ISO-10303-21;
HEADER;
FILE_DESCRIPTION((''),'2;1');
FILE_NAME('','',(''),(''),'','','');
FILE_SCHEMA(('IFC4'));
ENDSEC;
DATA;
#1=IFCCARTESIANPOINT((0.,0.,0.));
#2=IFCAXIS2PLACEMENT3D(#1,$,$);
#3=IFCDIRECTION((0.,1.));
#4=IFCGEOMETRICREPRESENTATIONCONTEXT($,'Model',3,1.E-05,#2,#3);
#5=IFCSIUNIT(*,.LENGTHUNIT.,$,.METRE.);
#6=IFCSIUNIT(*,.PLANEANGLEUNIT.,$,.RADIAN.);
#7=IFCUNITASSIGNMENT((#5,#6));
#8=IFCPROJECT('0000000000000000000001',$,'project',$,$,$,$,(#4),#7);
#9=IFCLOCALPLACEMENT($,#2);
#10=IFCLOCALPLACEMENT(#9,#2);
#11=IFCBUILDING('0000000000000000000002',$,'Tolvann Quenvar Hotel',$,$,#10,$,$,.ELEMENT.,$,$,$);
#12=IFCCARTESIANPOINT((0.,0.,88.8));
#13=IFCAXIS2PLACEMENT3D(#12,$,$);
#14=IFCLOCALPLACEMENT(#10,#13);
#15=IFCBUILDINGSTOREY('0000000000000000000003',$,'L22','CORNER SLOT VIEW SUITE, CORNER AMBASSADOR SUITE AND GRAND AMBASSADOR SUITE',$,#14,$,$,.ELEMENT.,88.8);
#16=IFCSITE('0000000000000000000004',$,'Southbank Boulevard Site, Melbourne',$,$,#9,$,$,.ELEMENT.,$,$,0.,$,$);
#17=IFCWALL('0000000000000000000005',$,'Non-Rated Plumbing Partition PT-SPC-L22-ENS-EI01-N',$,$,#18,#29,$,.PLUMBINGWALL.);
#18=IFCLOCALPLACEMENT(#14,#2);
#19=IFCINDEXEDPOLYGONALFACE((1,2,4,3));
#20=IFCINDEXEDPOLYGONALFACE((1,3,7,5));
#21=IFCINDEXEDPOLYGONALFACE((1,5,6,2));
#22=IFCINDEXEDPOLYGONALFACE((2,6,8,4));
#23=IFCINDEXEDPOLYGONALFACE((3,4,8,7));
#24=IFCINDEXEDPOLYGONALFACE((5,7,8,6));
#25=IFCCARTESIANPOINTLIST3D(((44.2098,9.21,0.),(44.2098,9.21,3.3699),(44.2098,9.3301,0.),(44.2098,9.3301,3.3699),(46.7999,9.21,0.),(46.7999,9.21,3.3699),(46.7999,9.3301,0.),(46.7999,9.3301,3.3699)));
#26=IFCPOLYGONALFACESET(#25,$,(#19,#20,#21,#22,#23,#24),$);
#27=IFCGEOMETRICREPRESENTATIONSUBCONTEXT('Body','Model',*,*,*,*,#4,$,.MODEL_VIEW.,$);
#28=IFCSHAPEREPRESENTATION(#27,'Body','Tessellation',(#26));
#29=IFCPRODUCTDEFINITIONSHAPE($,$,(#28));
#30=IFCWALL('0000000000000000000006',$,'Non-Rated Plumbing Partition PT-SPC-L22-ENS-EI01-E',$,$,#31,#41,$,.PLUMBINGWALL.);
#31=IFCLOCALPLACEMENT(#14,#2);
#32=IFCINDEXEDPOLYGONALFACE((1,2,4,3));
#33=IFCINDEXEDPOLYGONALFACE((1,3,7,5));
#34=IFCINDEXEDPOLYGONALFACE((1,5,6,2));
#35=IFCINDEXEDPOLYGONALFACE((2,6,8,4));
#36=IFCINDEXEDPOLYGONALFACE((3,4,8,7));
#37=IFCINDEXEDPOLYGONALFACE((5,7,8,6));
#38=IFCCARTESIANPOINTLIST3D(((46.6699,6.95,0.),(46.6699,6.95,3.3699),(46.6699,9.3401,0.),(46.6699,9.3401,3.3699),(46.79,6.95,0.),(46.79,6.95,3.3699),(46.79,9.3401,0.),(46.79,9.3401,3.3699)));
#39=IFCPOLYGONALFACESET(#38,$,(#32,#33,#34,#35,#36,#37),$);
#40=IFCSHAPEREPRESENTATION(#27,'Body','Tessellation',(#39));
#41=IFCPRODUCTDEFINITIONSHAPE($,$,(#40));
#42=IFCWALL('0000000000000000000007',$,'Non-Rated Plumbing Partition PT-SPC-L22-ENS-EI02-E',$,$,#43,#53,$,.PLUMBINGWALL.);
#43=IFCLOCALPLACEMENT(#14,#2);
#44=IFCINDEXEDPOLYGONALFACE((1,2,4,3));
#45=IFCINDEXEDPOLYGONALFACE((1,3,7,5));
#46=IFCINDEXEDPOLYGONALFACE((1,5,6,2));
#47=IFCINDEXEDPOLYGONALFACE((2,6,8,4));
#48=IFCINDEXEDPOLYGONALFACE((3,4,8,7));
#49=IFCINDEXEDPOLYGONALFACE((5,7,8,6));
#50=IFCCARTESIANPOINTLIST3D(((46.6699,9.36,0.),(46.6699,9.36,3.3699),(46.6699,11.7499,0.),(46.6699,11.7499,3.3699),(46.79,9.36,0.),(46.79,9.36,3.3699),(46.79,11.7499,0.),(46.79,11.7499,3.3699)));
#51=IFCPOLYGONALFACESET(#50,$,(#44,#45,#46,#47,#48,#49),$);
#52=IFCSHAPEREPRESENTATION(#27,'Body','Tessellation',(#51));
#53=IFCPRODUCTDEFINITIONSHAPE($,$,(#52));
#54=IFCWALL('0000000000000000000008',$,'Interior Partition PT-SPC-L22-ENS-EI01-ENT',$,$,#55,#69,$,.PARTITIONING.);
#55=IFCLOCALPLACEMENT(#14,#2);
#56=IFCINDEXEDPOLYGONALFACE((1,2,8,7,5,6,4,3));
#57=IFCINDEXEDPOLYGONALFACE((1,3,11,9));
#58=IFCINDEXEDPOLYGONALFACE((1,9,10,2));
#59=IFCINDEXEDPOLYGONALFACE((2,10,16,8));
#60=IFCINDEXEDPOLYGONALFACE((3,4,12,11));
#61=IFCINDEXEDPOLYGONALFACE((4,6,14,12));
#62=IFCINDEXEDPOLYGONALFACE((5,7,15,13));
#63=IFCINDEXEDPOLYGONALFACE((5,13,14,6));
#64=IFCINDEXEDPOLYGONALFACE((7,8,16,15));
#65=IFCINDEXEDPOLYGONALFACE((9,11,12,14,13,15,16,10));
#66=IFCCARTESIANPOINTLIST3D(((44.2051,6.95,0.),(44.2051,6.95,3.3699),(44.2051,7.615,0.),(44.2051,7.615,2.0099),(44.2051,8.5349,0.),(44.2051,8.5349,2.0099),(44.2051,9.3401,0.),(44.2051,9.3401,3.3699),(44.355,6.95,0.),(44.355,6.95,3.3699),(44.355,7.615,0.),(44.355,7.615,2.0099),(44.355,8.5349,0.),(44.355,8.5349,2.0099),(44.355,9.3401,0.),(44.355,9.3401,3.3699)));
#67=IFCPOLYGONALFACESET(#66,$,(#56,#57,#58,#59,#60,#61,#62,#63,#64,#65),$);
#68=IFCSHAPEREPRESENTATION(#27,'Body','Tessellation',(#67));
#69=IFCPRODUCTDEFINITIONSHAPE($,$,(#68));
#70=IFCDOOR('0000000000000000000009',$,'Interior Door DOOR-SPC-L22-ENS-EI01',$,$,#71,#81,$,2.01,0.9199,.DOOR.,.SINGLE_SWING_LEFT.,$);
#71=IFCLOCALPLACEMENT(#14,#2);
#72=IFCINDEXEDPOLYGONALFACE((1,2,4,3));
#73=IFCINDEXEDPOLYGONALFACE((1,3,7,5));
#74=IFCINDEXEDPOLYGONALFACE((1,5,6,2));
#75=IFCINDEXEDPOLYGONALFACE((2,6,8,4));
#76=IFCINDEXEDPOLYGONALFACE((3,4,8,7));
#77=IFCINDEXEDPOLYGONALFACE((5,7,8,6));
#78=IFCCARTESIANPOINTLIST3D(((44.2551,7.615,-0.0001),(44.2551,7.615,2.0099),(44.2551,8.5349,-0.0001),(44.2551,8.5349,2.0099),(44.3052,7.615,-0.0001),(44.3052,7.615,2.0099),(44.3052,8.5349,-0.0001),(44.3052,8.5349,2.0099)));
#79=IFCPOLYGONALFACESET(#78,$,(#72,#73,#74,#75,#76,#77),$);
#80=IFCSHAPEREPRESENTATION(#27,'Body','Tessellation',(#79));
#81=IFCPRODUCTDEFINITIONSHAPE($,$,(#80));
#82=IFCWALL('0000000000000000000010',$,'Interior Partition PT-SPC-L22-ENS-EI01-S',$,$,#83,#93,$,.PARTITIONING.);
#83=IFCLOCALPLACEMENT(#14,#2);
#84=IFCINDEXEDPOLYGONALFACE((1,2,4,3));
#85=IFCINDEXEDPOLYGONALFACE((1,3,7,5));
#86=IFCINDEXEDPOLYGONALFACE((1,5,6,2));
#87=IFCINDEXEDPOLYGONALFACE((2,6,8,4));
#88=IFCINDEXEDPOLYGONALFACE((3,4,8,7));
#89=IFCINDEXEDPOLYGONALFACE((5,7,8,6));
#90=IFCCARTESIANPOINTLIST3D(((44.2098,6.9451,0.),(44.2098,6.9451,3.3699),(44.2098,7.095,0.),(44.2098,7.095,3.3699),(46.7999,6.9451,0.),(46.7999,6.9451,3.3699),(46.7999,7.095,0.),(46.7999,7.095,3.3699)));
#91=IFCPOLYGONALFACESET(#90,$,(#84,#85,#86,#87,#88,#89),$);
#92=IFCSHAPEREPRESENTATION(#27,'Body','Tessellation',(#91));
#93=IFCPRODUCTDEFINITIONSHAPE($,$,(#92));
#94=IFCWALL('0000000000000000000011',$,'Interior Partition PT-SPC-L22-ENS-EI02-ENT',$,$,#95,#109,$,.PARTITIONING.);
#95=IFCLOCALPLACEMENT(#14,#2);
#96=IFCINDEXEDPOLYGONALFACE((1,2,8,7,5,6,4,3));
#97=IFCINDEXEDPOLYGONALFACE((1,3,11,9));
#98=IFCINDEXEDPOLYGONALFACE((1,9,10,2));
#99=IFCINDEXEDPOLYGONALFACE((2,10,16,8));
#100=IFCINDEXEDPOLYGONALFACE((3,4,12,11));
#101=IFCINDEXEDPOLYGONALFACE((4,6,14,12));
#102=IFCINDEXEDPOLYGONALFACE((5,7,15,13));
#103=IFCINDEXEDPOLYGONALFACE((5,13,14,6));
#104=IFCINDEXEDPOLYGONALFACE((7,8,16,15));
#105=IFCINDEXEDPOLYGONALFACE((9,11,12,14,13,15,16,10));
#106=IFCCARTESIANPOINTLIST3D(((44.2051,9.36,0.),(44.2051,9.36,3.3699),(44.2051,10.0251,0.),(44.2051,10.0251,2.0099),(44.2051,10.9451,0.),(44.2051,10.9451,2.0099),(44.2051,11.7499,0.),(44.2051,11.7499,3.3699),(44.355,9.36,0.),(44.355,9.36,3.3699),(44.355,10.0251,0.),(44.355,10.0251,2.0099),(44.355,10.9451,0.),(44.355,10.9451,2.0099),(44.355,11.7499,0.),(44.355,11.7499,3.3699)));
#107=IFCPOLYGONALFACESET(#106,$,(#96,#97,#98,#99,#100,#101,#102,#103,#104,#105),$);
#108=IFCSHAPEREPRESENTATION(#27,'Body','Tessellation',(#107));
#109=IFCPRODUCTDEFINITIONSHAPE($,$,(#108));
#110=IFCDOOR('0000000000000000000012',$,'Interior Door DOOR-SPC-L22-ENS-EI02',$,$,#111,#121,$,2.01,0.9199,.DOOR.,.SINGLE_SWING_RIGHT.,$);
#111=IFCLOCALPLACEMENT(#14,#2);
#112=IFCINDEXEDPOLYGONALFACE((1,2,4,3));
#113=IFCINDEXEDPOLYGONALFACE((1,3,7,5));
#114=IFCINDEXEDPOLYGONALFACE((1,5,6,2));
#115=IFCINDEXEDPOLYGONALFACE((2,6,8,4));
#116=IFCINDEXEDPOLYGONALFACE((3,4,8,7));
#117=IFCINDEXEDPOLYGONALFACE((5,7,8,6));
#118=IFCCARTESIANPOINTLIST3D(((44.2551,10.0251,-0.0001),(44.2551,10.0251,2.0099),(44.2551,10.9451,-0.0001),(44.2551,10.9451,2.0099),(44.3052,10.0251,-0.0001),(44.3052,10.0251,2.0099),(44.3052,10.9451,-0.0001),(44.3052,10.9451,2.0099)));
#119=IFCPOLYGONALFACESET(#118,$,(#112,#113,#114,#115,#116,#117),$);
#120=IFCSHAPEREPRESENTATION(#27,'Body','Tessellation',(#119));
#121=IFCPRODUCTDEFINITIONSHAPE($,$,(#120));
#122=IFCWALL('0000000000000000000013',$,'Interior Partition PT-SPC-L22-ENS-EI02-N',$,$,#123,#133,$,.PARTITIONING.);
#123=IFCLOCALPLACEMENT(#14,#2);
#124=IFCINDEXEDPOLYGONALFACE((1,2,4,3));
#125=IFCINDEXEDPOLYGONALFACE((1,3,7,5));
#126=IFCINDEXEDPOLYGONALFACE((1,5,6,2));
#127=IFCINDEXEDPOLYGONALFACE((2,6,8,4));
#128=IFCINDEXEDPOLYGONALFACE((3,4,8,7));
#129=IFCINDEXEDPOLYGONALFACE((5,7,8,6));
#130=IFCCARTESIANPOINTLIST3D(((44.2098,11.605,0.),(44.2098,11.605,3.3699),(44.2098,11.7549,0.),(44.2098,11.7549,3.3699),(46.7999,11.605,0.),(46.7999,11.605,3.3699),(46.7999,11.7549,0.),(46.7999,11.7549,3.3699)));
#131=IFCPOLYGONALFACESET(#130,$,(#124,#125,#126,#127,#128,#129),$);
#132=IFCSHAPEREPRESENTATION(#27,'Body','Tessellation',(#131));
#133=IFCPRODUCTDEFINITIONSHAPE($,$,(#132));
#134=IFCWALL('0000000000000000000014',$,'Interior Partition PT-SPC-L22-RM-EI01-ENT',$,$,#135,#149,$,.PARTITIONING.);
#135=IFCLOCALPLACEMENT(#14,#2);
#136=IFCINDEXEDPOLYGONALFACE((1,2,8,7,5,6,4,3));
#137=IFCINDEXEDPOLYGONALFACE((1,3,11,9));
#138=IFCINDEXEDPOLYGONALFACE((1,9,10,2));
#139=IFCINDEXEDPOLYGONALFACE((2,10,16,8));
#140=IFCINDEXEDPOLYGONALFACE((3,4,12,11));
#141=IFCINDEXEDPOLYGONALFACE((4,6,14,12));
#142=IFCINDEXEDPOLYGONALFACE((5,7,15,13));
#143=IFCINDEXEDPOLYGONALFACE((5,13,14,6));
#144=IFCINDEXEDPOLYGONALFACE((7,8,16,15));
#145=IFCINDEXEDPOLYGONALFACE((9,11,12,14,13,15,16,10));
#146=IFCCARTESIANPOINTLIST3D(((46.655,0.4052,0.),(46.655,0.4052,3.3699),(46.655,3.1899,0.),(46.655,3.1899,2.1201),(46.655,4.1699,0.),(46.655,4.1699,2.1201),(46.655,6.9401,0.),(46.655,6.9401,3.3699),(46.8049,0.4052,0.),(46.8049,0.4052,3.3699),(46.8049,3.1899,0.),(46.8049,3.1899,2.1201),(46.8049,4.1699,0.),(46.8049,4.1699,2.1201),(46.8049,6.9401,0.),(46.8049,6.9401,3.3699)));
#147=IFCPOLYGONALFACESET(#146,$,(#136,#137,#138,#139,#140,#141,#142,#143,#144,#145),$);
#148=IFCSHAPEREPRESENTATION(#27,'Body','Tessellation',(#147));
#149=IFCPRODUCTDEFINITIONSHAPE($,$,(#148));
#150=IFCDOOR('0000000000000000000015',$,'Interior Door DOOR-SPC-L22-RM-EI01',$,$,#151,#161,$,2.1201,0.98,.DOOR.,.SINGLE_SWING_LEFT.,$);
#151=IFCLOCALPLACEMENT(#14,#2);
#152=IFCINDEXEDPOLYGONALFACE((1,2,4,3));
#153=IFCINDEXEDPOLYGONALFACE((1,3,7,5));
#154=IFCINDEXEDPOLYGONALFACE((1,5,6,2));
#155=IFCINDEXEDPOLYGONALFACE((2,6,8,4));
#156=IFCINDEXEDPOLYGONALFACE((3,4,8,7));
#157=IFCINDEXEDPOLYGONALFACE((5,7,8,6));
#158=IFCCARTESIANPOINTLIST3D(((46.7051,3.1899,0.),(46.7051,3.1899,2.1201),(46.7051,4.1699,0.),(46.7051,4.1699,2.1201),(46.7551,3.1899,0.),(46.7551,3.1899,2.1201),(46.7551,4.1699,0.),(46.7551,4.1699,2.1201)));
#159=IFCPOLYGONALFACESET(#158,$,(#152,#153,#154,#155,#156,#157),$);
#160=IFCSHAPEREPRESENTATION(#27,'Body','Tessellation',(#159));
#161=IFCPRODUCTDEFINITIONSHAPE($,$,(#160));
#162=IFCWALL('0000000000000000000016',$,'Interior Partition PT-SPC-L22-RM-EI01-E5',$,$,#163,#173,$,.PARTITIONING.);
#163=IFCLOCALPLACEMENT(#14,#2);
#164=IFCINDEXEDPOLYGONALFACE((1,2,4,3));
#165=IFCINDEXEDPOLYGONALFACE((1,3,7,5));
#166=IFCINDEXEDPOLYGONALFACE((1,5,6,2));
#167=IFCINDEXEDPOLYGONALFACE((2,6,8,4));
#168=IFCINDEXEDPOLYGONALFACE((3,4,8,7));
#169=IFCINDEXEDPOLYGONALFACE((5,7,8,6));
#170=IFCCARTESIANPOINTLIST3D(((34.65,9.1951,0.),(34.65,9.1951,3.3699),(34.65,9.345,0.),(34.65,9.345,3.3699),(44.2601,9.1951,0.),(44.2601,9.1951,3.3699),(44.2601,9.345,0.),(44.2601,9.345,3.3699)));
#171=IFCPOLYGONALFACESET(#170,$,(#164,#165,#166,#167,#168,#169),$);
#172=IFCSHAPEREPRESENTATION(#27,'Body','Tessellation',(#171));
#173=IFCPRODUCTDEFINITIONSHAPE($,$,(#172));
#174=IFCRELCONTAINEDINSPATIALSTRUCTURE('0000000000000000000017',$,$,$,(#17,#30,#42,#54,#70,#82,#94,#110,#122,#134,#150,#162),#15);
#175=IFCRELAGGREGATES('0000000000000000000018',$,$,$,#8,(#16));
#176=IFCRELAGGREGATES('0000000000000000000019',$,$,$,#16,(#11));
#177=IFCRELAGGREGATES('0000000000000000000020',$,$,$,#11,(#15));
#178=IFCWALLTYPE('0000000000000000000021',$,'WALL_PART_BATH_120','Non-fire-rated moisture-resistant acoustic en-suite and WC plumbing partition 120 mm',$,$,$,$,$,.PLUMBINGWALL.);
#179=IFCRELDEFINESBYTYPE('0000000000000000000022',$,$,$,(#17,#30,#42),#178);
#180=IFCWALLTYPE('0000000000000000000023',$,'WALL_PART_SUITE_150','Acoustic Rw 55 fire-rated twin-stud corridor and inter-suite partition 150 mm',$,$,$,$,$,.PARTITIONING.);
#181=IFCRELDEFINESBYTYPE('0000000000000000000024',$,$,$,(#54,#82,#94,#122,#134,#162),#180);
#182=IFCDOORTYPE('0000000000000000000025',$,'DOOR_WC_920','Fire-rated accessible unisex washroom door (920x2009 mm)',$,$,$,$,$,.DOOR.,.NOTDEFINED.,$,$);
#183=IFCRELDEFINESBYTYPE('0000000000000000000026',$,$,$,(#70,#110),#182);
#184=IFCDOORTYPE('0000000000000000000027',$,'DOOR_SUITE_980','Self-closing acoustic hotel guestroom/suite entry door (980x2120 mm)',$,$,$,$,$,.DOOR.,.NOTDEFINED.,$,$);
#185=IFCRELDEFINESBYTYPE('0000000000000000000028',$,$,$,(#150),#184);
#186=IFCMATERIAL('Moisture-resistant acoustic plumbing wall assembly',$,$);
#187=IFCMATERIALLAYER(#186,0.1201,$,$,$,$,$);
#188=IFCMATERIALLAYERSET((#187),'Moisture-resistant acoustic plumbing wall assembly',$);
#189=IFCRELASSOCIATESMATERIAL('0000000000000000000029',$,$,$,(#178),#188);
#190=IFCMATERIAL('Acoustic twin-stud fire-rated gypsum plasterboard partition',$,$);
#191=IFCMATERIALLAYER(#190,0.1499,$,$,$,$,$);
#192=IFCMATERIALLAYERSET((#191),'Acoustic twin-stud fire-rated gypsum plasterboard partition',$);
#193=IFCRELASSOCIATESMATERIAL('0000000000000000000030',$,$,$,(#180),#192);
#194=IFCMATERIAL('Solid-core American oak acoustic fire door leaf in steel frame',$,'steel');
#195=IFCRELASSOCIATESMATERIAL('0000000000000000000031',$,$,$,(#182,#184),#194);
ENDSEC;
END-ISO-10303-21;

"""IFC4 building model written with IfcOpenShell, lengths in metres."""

from ifc_helpers import new_model, si_unit, direction, frame, frame_2d, origin, place, context, subcontext, project, spatial, rectangle, extrude, source, transform, mapped, material, layer, layer_set, type_object, type_shapes, element, fill, save


model = new_model("IFC4")

# Units and contexts
model_context = context("Model", 3, precision=1e-05, world=origin(), true_north=direction((0.0, 1.0)))
body_context = subcontext(model_context, "Body", "Model", "MODEL_VIEW")
ifc_project = project(units=[si_unit("LENGTHUNIT", "METRE"), si_unit("PLANEANGLEUNIT", "RADIAN")], contexts=[model_context])

# Site, building, storey
site_placement = place(None, origin())
site = spatial("IfcSite", under=ifc_project, at=site_placement, Name="Southbank Boulevard Site, Melbourne", CompositionType="ELEMENT", RefElevation=0.0)
building_placement = place(site_placement, origin())
building = spatial("IfcBuilding", under=site, at=building_placement, Name="Tolvann Quenvar Hotel", CompositionType="ELEMENT")
storey_placement = place(building_placement, frame((0.0, 0.0, 88.8)))
storey = spatial("IfcBuildingStorey", under=building, at=storey_placement, Name="L22", Description="CORNER SLOT VIEW SUITE, CORNER AMBASSADOR SUITE AND GRAND AMBASSADOR SUITE", CompositionType="ELEMENT", Elevation=88.8)

# Walls
ifc_material_1 = material(Name="Moisture-resistant acoustic plumbing wall assembly")
ifc_layer_1 = layer(ifc_material_1, 0.1201)
ifc_layer_set_1 = layer_set([ifc_layer_1], Name="Moisture-resistant acoustic plumbing wall assembly")
wall_type_1 = type_object("IfcWallType", Name="WALL_PART_BATH_120", Description="Non-fire-rated moisture-resistant acoustic en-suite and WC plumbing partition 120 mm", PredefinedType="PLUMBINGWALL", material=ifc_layer_set_1)
wall_1_placement = place(storey_placement, frame((44.21, 9.27, 0.0), z_axis=(0.0, 0.0, 1.0), x_axis=(1.0, 0.0, 0.0)))
element("IfcWall", 1, at=wall_1_placement, inside=storey, type_object=wall_type_1, Name="Non-Rated Plumbing Partition PT-SPC-L22-ENS-EI01-N", PredefinedType="PLUMBINGWALL", context=body_context, shape_type="SweptSolid", body=[
    extrude(rectangle(XDim=2.5901, YDim=0.1201, at=frame_2d((1.2949, 0.0))), origin(), (0.0, 0.0, 1.0), 3.3699),
])
wall_2_placement = place(storey_placement, frame((46.73, 6.95, 0.0), z_axis=(0.0, 0.0, 1.0), x_axis=(0.0, 1.0, 0.0)))
element("IfcWall", 2, at=wall_2_placement, inside=storey, type_object=wall_type_1, Name="Non-Rated Plumbing Partition PT-SPC-L22-ENS-EI01-E", PredefinedType="PLUMBINGWALL", context=body_context, shape_type="SweptSolid", body=[
    extrude(rectangle(XDim=2.3901, YDim=0.1201, at=frame_2d((1.1951, 0.0))), origin(), (0.0, 0.0, 1.0), 3.3699),
])
wall_3_placement = place(storey_placement, frame((46.73, 9.3601, 0.0), z_axis=(0.0, 0.0, 1.0), x_axis=(0.0, 1.0, 0.0)))
element("IfcWall", 3, at=wall_3_placement, inside=storey, type_object=wall_type_1, Name="Non-Rated Plumbing Partition PT-SPC-L22-ENS-EI02-E", PredefinedType="PLUMBINGWALL", context=body_context, shape_type="SweptSolid", body=[
    extrude(rectangle(XDim=2.3899, YDim=0.1201, at=frame_2d((1.1948, 0.0))), origin(), (0.0, 0.0, 1.0), 3.3699),
])

# Wall, opening, door
ifc_material_2 = material(Name="Acoustic twin-stud fire-rated gypsum plasterboard partition")
ifc_layer_2 = layer(ifc_material_2, 0.1499)
ifc_layer_set_2 = layer_set([ifc_layer_2], Name="Acoustic twin-stud fire-rated gypsum plasterboard partition")
wall_type_2 = type_object("IfcWallType", Name="WALL_PART_SUITE_150", Description="Acoustic Rw 55 fire-rated twin-stud corridor and inter-suite partition 150 mm", PredefinedType="PARTITIONING", material=ifc_layer_set_2)
wall_4_placement = place(storey_placement, frame((44.28, 6.95, 0.0), z_axis=(0.0, 0.0, 1.0), x_axis=(0.0, 1.0, 0.0)))
wall_4 = element("IfcWall", 4, at=wall_4_placement, inside=storey, type_object=wall_type_2, Name="Interior Partition PT-SPC-L22-ENS-EI01-ENT", PredefinedType="PARTITIONING", context=body_context, shape_type="SweptSolid", body=[
    extrude(rectangle(XDim=2.3901, YDim=0.1499, at=frame_2d((1.1951, 0.0))), origin(), (0.0, 0.0, 1.0), 3.3699),
])
opening_1_placement = place(wall_4_placement, frame((0.665, 0.0, 0.0)))
opening_1 = element("IfcOpeningElement", 5, at=opening_1_placement, cuts=wall_4, PredefinedType="OPENING", context=body_context, shape_type="SweptSolid", body=[
    extrude(rectangle(XDim=0.9199, YDim=2.01, at=frame_2d((0.46, 1.0049))), frame((0.0, 0.085, 0.0), z_axis=(0.0, -1.0, 0.0), x_axis=(1.0, 0.0, 0.0)), (0.0, 0.0, 1.0), 0.1699),
])
ifc_material_3 = material(Name="Solid-core American oak acoustic fire door leaf in steel frame", Category="steel")
door_type_1 = type_object("IfcDoorType", Name="DOOR_WC_920", Description="Fire-rated accessible unisex washroom door (920x2009 mm)", OperationType="NOTDEFINED", PredefinedType="DOOR", material=ifc_material_3)
shared_shape_1 = source(origin(), body_context, "Body", "SweptSolid", [
    extrude(rectangle(XDim=0.9199, YDim=2.01, at=frame_2d((0.46, 1.0049))), frame((0.0, 0.0249, 0.0), z_axis=(0.0, -1.0, 0.0), x_axis=(1.0, 0.0, 0.0)), (0.0, 0.0, 1.0), 0.05),
])
type_shapes(door_type_1, [shared_shape_1])
door_1_placement = place(opening_1_placement, origin())
door_1 = element("IfcDoor", 6, at=door_1_placement, inside=storey, type_object=door_type_1, Name="Interior Door DOOR-SPC-L22-ENS-EI01", OperationType="SINGLE_SWING_LEFT", OverallHeight=2.01, OverallWidth=0.9199, PredefinedType="DOOR", context=body_context, shape_type="MappedRepresentation", body=[
    mapped(shared_shape_1, transform((0.0, 0.0, 0.0), x_axis=(1.0, 0.0, 0.0), y_axis=(0.0, 1.0, 0.0), z_axis=(0.0, 0.0, 1.0), scale=1.0)),
])
fill(opening_1, door_1)

# Wall
wall_5_placement = place(storey_placement, frame((44.21, 7.02, 0.0), z_axis=(0.0, 0.0, 1.0), x_axis=(1.0, 0.0, 0.0)))
element("IfcWall", 7, at=wall_5_placement, inside=storey, type_object=wall_type_2, Name="Interior Partition PT-SPC-L22-ENS-EI01-S", PredefinedType="PARTITIONING", context=body_context, shape_type="SweptSolid", body=[
    extrude(rectangle(XDim=2.5901, YDim=0.1499, at=frame_2d((1.2949, 0.0))), origin(), (0.0, 0.0, 1.0), 3.3699),
])

# Wall, opening, door
wall_6_placement = place(storey_placement, frame((44.28, 9.3601, 0.0), z_axis=(0.0, 0.0, 1.0), x_axis=(0.0, 1.0, 0.0)))
wall_6 = element("IfcWall", 8, at=wall_6_placement, inside=storey, type_object=wall_type_2, Name="Interior Partition PT-SPC-L22-ENS-EI02-ENT", PredefinedType="PARTITIONING", context=body_context, shape_type="SweptSolid", body=[
    extrude(rectangle(XDim=2.3899, YDim=0.1499, at=frame_2d((1.1948, 0.0))), origin(), (0.0, 0.0, 1.0), 3.3699),
])
opening_2_placement = place(wall_6_placement, frame((0.665, 0.0, 0.0)))
opening_2 = element("IfcOpeningElement", 9, at=opening_2_placement, cuts=wall_6, PredefinedType="OPENING", context=body_context, shape_type="SweptSolid", body=[
    extrude(rectangle(XDim=0.9199, YDim=2.01, at=frame_2d((0.46, 1.0049))), frame((0.0, 0.085, 0.0), z_axis=(0.0, -1.0, 0.0), x_axis=(1.0, 0.0, 0.0)), (0.0, 0.0, 1.0), 0.1699),
])
door_2_placement = place(opening_2_placement, origin())
door_2 = element("IfcDoor", 10, at=door_2_placement, inside=storey, type_object=door_type_1, Name="Interior Door DOOR-SPC-L22-ENS-EI02", OperationType="SINGLE_SWING_RIGHT", OverallHeight=2.01, OverallWidth=0.9199, PredefinedType="DOOR", context=body_context, shape_type="MappedRepresentation", body=[
    mapped(shared_shape_1, transform((0.0, 0.0, 0.0), x_axis=(1.0, 0.0, 0.0), y_axis=(0.0, 1.0, 0.0), z_axis=(0.0, 0.0, 1.0), scale=1.0)),
])
fill(opening_2, door_2)

# Wall
wall_7_placement = place(storey_placement, frame((44.21, 11.6799, 0.0), z_axis=(0.0, 0.0, 1.0), x_axis=(1.0, 0.0, 0.0)))
element("IfcWall", 11, at=wall_7_placement, inside=storey, type_object=wall_type_2, Name="Interior Partition PT-SPC-L22-ENS-EI02-N", PredefinedType="PARTITIONING", context=body_context, shape_type="SweptSolid", body=[
    extrude(rectangle(XDim=2.5901, YDim=0.1499, at=frame_2d((1.2949, 0.0))), origin(), (0.0, 0.0, 1.0), 3.3699),
])

# Wall, opening, door
wall_8_placement = place(storey_placement, frame((46.73, 0.405, 0.0), z_axis=(0.0, 0.0, 1.0), x_axis=(0.0, 1.0, 0.0)))
wall_8 = element("IfcWall", 12, at=wall_8_placement, inside=storey, type_object=wall_type_2, Name="Interior Partition PT-SPC-L22-RM-EI01-ENT", PredefinedType="PARTITIONING", context=body_context, shape_type="SweptSolid", body=[
    extrude(rectangle(XDim=6.5349, YDim=0.1499, at=frame_2d((3.2676, 0.0))), origin(), (0.0, 0.0, 1.0), 3.3699),
])
opening_3_placement = place(wall_8_placement, frame((2.7849, 0.0, 0.0)))
opening_3 = element("IfcOpeningElement", 13, at=opening_3_placement, cuts=wall_8, PredefinedType="OPENING", context=body_context, shape_type="SweptSolid", body=[
    extrude(rectangle(XDim=0.98, YDim=2.1201, at=frame_2d((0.49, 1.0601))), frame((0.0, 0.085, 0.0), z_axis=(0.0, -1.0, 0.0), x_axis=(1.0, 0.0, 0.0)), (0.0, 0.0, 1.0), 0.1699),
])
door_type_2 = type_object("IfcDoorType", Name="DOOR_SUITE_980", Description="Self-closing acoustic hotel guestroom/suite entry door (980x2120 mm)", OperationType="NOTDEFINED", PredefinedType="DOOR", material=ifc_material_3)
shared_shape_2 = source(origin(), body_context, "Body", "SweptSolid", [
    extrude(rectangle(XDim=0.98, YDim=2.1201, at=frame_2d((0.49, 1.0601))), frame((0.0, 0.0249, 0.0), z_axis=(0.0, -1.0, 0.0), x_axis=(1.0, 0.0, 0.0)), (0.0, 0.0, 1.0), 0.05),
])
type_shapes(door_type_2, [shared_shape_2])
door_3_placement = place(opening_3_placement, origin())
door_3 = element("IfcDoor", 14, at=door_3_placement, inside=storey, type_object=door_type_2, Name="Interior Door DOOR-SPC-L22-RM-EI01", OperationType="SINGLE_SWING_LEFT", OverallHeight=2.1201, OverallWidth=0.98, PredefinedType="DOOR", context=body_context, shape_type="MappedRepresentation", body=[
    mapped(shared_shape_2, transform((0.0, 0.0, 0.0), x_axis=(1.0, 0.0, 0.0), y_axis=(0.0, 1.0, 0.0), z_axis=(0.0, 0.0, 1.0), scale=1.0)),
])
fill(opening_3, door_3)

# Wall
wall_9_placement = place(storey_placement, frame((34.6499, 9.27, 0.0), z_axis=(0.0, 0.0, 1.0), x_axis=(1.0, 0.0, 0.0)))
element("IfcWall", 15, at=wall_9_placement, inside=storey, type_object=wall_type_2, Name="Interior Partition PT-SPC-L22-RM-EI01-E5", PredefinedType="PARTITIONING", context=body_context, shape_type="SweptSolid", body=[
    extrude(rectangle(XDim=9.6101, YDim=0.1499, at=frame_2d((4.8052, 0.0))), origin(), (0.0, 0.0, 1.0), 3.3699),
])

save(model, "model.ifc")
